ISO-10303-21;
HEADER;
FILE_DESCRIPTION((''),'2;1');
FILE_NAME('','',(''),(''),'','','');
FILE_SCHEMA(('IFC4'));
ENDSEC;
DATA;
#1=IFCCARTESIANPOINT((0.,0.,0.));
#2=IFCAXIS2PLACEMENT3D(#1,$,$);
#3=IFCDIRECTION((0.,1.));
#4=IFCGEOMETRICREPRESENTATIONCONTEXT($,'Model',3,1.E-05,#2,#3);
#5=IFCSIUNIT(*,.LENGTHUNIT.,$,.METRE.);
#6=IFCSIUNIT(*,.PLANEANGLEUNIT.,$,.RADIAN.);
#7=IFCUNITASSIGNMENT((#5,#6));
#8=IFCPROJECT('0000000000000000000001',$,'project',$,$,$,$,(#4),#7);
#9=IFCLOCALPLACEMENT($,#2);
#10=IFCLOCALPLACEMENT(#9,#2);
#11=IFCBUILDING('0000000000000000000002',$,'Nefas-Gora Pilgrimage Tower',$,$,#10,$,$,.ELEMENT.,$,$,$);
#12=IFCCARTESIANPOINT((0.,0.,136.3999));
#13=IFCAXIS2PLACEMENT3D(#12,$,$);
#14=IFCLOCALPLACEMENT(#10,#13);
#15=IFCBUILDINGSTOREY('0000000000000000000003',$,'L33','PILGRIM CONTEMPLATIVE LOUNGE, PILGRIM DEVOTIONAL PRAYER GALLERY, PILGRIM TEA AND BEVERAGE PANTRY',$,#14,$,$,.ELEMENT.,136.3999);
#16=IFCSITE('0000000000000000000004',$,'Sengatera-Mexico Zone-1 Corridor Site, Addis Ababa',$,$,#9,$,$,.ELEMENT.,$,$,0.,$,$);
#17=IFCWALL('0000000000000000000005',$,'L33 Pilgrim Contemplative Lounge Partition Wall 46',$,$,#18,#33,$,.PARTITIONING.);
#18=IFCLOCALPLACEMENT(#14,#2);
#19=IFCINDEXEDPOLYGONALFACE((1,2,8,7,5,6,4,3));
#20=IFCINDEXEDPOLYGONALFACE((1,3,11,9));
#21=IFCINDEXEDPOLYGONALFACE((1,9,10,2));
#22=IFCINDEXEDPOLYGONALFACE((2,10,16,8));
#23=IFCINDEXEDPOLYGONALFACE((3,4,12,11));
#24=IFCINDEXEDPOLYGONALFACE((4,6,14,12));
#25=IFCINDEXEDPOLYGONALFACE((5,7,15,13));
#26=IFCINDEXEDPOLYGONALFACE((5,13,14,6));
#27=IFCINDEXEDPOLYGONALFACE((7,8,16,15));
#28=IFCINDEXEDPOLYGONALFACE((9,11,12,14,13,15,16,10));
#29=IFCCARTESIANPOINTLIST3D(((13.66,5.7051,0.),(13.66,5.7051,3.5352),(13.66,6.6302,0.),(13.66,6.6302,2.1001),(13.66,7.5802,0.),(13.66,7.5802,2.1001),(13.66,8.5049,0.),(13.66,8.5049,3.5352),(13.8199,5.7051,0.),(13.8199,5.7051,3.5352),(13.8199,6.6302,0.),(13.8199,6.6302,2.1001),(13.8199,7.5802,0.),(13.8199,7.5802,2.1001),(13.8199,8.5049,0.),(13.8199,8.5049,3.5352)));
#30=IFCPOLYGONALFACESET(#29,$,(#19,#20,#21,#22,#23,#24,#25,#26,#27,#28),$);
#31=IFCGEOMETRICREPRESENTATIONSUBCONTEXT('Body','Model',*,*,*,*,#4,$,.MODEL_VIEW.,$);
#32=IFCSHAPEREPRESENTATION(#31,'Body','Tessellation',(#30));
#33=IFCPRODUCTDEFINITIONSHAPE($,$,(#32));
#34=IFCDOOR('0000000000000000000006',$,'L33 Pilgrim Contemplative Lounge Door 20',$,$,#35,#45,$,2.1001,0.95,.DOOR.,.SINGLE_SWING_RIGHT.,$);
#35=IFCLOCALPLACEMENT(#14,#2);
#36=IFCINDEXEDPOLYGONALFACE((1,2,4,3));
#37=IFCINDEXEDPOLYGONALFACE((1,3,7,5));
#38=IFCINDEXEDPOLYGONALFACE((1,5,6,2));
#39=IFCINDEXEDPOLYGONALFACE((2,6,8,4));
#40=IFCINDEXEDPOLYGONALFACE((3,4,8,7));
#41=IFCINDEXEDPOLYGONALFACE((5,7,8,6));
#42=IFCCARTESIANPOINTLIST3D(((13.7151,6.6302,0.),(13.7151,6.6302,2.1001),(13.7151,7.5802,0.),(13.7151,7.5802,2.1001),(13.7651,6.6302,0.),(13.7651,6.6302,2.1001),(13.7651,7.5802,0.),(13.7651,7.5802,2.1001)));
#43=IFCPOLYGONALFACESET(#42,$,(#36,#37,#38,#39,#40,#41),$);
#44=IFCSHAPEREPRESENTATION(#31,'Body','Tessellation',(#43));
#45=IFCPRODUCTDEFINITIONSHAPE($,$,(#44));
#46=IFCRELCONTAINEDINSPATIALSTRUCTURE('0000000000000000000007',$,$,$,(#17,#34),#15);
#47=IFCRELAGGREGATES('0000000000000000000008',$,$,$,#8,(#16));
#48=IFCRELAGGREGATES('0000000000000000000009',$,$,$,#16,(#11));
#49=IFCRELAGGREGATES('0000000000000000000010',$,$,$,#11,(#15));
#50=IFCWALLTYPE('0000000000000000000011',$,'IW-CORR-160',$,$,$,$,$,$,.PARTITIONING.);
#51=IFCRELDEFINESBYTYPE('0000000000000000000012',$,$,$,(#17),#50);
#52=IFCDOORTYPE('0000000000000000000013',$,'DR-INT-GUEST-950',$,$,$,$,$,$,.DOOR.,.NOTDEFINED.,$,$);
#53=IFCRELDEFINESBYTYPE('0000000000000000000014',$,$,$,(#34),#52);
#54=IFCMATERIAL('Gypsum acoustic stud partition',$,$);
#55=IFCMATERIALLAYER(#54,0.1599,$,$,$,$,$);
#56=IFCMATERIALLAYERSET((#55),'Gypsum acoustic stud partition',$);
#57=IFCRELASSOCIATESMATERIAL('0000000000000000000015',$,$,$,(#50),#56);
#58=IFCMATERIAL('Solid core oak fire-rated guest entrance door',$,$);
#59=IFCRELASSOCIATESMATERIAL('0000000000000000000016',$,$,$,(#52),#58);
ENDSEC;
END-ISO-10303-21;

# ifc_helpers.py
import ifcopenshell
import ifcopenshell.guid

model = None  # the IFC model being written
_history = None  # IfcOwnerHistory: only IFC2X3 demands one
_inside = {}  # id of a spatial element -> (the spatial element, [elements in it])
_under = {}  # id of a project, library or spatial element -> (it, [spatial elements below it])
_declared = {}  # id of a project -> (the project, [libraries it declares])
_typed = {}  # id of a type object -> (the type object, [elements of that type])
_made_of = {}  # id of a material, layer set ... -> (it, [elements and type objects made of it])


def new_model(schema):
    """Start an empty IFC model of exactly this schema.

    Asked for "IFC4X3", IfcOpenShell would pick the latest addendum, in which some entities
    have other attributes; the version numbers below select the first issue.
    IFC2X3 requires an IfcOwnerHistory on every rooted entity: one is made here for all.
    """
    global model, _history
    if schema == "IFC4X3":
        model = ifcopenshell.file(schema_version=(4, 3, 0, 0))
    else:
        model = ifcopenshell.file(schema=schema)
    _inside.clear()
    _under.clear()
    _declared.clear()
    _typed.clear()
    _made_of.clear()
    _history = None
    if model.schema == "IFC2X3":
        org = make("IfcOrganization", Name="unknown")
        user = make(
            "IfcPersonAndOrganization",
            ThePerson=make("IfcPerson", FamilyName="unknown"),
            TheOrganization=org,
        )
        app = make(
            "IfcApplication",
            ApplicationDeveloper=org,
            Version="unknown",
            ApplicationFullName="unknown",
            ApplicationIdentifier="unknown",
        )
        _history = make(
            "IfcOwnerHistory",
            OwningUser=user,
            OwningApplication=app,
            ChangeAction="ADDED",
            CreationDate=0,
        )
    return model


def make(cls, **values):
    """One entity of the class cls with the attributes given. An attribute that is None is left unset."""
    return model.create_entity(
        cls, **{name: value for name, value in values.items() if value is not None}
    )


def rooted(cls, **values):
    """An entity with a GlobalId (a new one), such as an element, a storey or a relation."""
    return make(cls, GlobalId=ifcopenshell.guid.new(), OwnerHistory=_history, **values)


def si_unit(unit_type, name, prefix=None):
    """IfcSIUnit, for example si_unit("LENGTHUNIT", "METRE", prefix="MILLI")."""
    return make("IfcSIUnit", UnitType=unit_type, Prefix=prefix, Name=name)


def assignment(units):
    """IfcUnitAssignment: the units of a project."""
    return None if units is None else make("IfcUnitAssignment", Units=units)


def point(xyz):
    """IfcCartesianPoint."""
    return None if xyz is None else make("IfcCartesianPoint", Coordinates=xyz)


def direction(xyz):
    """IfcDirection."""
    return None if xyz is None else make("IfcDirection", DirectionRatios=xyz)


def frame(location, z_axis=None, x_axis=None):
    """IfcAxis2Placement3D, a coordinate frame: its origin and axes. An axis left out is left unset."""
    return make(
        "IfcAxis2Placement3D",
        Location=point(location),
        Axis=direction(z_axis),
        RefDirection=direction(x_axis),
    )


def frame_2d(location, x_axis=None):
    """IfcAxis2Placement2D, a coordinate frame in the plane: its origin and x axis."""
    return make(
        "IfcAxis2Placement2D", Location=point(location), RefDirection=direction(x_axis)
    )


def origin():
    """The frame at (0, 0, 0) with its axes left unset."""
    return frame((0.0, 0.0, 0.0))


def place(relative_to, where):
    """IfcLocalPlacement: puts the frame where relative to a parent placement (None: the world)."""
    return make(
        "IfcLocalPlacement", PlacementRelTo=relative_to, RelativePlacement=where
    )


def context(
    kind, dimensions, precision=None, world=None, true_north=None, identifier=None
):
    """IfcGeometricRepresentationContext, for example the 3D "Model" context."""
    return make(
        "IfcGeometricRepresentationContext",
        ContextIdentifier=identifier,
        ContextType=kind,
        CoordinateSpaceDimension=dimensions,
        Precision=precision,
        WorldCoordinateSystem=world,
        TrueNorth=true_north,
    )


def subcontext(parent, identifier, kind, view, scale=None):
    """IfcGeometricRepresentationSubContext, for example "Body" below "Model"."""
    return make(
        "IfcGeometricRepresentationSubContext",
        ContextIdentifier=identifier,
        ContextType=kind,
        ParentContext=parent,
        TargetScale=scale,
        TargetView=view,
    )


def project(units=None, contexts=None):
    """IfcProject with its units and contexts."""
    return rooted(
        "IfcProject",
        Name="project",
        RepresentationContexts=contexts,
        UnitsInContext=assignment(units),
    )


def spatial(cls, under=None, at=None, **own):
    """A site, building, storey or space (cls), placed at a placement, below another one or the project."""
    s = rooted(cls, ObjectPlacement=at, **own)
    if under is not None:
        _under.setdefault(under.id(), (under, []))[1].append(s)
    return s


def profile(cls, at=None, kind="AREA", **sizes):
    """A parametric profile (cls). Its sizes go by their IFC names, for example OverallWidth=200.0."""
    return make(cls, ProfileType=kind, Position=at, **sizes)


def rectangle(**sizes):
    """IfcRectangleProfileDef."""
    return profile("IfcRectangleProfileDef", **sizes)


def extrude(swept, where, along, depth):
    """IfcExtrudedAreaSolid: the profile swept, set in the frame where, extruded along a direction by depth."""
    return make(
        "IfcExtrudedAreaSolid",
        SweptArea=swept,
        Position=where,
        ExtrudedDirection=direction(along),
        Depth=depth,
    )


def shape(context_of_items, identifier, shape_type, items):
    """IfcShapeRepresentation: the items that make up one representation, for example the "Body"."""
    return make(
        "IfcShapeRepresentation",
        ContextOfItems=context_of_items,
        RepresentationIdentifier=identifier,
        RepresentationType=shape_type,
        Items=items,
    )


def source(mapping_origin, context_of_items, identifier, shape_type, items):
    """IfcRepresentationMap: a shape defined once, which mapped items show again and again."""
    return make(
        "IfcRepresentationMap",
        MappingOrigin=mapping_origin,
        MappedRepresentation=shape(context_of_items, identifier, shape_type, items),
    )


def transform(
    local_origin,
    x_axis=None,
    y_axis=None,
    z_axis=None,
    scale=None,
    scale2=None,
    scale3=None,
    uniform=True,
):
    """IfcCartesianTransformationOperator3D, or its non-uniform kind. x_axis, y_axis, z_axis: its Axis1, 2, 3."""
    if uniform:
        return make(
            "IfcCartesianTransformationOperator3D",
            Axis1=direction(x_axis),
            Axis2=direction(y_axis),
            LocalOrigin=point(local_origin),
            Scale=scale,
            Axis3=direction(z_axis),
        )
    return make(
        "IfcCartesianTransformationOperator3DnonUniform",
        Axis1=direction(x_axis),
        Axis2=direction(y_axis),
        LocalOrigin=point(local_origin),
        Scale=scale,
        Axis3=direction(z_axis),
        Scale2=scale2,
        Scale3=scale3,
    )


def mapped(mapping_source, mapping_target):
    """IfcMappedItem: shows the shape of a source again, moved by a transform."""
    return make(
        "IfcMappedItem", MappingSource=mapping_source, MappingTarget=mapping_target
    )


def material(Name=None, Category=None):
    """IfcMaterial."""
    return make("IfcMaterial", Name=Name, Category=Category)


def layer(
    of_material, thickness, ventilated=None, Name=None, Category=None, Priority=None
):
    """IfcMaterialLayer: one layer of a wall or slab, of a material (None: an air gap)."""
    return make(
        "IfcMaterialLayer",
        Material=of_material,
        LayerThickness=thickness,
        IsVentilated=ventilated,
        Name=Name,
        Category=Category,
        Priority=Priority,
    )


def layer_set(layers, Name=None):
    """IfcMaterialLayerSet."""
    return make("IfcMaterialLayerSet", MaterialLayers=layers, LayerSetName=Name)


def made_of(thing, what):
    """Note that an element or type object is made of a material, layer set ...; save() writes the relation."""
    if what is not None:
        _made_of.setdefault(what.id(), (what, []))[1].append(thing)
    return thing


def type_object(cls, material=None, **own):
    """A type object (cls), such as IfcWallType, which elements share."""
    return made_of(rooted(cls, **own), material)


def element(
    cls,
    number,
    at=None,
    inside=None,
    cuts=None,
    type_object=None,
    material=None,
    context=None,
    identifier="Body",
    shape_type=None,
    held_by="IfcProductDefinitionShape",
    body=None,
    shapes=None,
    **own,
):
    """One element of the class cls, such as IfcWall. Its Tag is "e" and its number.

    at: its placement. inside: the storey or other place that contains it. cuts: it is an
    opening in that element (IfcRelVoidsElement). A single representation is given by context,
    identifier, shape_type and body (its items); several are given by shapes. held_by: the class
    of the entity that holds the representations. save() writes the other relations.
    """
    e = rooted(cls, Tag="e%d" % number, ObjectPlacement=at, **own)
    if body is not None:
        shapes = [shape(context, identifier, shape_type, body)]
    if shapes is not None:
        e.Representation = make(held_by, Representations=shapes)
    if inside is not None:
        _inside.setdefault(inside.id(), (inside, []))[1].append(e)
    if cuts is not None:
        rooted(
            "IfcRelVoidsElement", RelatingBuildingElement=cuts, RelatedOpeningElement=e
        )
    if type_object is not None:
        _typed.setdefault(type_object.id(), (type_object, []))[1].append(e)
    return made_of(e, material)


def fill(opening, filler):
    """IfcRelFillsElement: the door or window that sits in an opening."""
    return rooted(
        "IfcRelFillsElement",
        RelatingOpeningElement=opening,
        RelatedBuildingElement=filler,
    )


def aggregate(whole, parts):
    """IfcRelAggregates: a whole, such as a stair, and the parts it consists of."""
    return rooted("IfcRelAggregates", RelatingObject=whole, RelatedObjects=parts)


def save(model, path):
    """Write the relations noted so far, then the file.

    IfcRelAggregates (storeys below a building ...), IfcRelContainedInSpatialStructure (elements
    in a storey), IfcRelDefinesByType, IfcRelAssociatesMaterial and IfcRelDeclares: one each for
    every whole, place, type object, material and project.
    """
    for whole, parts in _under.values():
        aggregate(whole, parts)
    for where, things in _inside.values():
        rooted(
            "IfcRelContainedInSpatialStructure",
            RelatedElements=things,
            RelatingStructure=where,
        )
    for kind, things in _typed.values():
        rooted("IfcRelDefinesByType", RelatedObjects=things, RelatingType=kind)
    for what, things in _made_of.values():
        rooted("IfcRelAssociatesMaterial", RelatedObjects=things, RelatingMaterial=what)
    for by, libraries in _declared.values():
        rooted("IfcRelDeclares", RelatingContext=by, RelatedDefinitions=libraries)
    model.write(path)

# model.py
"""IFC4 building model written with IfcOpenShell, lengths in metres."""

from ifc_helpers import new_model, si_unit, direction, frame, frame_2d, origin, place, context, subcontext, project, spatial, rectangle, extrude, source, transform, mapped, material, layer, layer_set, type_object, element, fill, save


model = new_model("IFC4")

# Units and contexts
model_context = context("Model", 3, precision=1e-05, world=origin(), true_north=direction((0.0, 1.0)))
body_context = subcontext(model_context, "Body", "Model", "MODEL_VIEW")
ifc_project = project(units=[si_unit("LENGTHUNIT", "METRE"), si_unit("PLANEANGLEUNIT", "RADIAN")], contexts=[model_context])

# Site, building, storey
site_placement = place(None, origin())
site = spatial("IfcSite", under=ifc_project, at=site_placement, Name="Sengatera-Mexico Zone-1 Corridor Site, Addis Ababa", CompositionType="ELEMENT", RefElevation=0.0)
building_placement = place(site_placement, origin())
building = spatial("IfcBuilding", under=site, at=building_placement, Name="Nefas-Gora Pilgrimage Tower", CompositionType="ELEMENT")
storey_placement = place(building_placement, frame((0.0, 0.0, 136.3999)))
storey = spatial("IfcBuildingStorey", under=building, at=storey_placement, Name="L33", Description="PILGRIM CONTEMPLATIVE LOUNGE, PILGRIM DEVOTIONAL PRAYER GALLERY, PILGRIM TEA AND BEVERAGE PANTRY", CompositionType="ELEMENT", Elevation=136.3999)

# Shared definitions
ifc_material_1 = material(Name="Gypsum acoustic stud partition")
ifc_layer_1 = layer(ifc_material_1, 0.1599)
ifc_layer_set_1 = layer_set([ifc_layer_1], Name="Gypsum acoustic stud partition")
wall_type_1 = type_object("IfcWallType", Name="IW-CORR-160", PredefinedType="PARTITIONING", material=ifc_layer_set_1)
ifc_material_2 = material(Name="Solid core oak fire-rated guest entrance door")
door_type = type_object("IfcDoorType", Name="DR-INT-GUEST-950", OperationType="NOTDEFINED", PredefinedType="DOOR", material=ifc_material_2)
shared_shape_1 = source(origin(), body_context, "Body", "SweptSolid", [
    extrude(rectangle(XDim=0.95, YDim=2.1001, at=frame_2d((0.4751, 1.05))), frame((0.0, 0.0249, 0.0), z_axis=(0.0, -1.0, 0.0), x_axis=(1.0, 0.0, 0.0)), (0.0, 0.0, 1.0), 0.05),
])

# Wall, opening, door
shared_shape_2 = source(origin(), body_context, "Body", "SweptSolid", [
    extrude(rectangle(XDim=2.7998, YDim=0.1599, at=frame_2d((1.3999, 0.0))), origin(), (0.0, 0.0, 1.0), 3.5352),
])
wall_1_placement = place(storey_placement, frame((13.74, 5.7051, 0.0), z_axis=(0.0, 0.0, 1.0), x_axis=(0.0, 1.0, 0.0)))
wall_1 = element("IfcWall", 1, at=wall_1_placement, inside=storey, type_object=wall_type_1, Name="L33 Pilgrim Contemplative Lounge Partition Wall 46", PredefinedType="PARTITIONING", context=body_context, shape_type="MappedRepresentation", body=[
    mapped(shared_shape_2, transform((0.0, 0.0, 0.0), x_axis=(1.0, 0.0, 0.0), y_axis=(0.0, 1.0, 0.0), z_axis=(0.0, 0.0, 1.0), scale=1.0)),
])
opening_1_placement = place(wall_1_placement, frame((0.925, 0.0, 0.0)))
opening_1 = element("IfcOpeningElement", 2, at=opening_1_placement, cuts=wall_1, PredefinedType="OPENING", context=body_context, shape_type="SweptSolid", body=[
    extrude(rectangle(XDim=0.95, YDim=2.1001, at=frame_2d((0.4751, 1.05))), frame((0.0, 0.0898, 0.0), z_axis=(0.0, -1.0, 0.0), x_axis=(1.0, 0.0, 0.0)), (0.0, 0.0, 1.0), 0.1799),
])
door_1_placement = place(opening_1_placement, origin())
door_1 = element("IfcDoor", 3, at=door_1_placement, inside=storey, type_object=door_type, Name="L33 Pilgrim Contemplative Lounge Door 20", OperationType="SINGLE_SWING_RIGHT", OverallHeight=2.1001, OverallWidth=0.95, PredefinedType="DOOR", context=body_context, shape_type="MappedRepresentation", body=[
    mapped(shared_shape_1, transform((0.0, 0.0, 0.0), x_axis=(1.0, 0.0, 0.0), y_axis=(0.0, 1.0, 0.0), z_axis=(0.0, 0.0, 1.0), scale=1.0)),
])
fill(opening_1, door_1)

save(model, "model.ifc")
